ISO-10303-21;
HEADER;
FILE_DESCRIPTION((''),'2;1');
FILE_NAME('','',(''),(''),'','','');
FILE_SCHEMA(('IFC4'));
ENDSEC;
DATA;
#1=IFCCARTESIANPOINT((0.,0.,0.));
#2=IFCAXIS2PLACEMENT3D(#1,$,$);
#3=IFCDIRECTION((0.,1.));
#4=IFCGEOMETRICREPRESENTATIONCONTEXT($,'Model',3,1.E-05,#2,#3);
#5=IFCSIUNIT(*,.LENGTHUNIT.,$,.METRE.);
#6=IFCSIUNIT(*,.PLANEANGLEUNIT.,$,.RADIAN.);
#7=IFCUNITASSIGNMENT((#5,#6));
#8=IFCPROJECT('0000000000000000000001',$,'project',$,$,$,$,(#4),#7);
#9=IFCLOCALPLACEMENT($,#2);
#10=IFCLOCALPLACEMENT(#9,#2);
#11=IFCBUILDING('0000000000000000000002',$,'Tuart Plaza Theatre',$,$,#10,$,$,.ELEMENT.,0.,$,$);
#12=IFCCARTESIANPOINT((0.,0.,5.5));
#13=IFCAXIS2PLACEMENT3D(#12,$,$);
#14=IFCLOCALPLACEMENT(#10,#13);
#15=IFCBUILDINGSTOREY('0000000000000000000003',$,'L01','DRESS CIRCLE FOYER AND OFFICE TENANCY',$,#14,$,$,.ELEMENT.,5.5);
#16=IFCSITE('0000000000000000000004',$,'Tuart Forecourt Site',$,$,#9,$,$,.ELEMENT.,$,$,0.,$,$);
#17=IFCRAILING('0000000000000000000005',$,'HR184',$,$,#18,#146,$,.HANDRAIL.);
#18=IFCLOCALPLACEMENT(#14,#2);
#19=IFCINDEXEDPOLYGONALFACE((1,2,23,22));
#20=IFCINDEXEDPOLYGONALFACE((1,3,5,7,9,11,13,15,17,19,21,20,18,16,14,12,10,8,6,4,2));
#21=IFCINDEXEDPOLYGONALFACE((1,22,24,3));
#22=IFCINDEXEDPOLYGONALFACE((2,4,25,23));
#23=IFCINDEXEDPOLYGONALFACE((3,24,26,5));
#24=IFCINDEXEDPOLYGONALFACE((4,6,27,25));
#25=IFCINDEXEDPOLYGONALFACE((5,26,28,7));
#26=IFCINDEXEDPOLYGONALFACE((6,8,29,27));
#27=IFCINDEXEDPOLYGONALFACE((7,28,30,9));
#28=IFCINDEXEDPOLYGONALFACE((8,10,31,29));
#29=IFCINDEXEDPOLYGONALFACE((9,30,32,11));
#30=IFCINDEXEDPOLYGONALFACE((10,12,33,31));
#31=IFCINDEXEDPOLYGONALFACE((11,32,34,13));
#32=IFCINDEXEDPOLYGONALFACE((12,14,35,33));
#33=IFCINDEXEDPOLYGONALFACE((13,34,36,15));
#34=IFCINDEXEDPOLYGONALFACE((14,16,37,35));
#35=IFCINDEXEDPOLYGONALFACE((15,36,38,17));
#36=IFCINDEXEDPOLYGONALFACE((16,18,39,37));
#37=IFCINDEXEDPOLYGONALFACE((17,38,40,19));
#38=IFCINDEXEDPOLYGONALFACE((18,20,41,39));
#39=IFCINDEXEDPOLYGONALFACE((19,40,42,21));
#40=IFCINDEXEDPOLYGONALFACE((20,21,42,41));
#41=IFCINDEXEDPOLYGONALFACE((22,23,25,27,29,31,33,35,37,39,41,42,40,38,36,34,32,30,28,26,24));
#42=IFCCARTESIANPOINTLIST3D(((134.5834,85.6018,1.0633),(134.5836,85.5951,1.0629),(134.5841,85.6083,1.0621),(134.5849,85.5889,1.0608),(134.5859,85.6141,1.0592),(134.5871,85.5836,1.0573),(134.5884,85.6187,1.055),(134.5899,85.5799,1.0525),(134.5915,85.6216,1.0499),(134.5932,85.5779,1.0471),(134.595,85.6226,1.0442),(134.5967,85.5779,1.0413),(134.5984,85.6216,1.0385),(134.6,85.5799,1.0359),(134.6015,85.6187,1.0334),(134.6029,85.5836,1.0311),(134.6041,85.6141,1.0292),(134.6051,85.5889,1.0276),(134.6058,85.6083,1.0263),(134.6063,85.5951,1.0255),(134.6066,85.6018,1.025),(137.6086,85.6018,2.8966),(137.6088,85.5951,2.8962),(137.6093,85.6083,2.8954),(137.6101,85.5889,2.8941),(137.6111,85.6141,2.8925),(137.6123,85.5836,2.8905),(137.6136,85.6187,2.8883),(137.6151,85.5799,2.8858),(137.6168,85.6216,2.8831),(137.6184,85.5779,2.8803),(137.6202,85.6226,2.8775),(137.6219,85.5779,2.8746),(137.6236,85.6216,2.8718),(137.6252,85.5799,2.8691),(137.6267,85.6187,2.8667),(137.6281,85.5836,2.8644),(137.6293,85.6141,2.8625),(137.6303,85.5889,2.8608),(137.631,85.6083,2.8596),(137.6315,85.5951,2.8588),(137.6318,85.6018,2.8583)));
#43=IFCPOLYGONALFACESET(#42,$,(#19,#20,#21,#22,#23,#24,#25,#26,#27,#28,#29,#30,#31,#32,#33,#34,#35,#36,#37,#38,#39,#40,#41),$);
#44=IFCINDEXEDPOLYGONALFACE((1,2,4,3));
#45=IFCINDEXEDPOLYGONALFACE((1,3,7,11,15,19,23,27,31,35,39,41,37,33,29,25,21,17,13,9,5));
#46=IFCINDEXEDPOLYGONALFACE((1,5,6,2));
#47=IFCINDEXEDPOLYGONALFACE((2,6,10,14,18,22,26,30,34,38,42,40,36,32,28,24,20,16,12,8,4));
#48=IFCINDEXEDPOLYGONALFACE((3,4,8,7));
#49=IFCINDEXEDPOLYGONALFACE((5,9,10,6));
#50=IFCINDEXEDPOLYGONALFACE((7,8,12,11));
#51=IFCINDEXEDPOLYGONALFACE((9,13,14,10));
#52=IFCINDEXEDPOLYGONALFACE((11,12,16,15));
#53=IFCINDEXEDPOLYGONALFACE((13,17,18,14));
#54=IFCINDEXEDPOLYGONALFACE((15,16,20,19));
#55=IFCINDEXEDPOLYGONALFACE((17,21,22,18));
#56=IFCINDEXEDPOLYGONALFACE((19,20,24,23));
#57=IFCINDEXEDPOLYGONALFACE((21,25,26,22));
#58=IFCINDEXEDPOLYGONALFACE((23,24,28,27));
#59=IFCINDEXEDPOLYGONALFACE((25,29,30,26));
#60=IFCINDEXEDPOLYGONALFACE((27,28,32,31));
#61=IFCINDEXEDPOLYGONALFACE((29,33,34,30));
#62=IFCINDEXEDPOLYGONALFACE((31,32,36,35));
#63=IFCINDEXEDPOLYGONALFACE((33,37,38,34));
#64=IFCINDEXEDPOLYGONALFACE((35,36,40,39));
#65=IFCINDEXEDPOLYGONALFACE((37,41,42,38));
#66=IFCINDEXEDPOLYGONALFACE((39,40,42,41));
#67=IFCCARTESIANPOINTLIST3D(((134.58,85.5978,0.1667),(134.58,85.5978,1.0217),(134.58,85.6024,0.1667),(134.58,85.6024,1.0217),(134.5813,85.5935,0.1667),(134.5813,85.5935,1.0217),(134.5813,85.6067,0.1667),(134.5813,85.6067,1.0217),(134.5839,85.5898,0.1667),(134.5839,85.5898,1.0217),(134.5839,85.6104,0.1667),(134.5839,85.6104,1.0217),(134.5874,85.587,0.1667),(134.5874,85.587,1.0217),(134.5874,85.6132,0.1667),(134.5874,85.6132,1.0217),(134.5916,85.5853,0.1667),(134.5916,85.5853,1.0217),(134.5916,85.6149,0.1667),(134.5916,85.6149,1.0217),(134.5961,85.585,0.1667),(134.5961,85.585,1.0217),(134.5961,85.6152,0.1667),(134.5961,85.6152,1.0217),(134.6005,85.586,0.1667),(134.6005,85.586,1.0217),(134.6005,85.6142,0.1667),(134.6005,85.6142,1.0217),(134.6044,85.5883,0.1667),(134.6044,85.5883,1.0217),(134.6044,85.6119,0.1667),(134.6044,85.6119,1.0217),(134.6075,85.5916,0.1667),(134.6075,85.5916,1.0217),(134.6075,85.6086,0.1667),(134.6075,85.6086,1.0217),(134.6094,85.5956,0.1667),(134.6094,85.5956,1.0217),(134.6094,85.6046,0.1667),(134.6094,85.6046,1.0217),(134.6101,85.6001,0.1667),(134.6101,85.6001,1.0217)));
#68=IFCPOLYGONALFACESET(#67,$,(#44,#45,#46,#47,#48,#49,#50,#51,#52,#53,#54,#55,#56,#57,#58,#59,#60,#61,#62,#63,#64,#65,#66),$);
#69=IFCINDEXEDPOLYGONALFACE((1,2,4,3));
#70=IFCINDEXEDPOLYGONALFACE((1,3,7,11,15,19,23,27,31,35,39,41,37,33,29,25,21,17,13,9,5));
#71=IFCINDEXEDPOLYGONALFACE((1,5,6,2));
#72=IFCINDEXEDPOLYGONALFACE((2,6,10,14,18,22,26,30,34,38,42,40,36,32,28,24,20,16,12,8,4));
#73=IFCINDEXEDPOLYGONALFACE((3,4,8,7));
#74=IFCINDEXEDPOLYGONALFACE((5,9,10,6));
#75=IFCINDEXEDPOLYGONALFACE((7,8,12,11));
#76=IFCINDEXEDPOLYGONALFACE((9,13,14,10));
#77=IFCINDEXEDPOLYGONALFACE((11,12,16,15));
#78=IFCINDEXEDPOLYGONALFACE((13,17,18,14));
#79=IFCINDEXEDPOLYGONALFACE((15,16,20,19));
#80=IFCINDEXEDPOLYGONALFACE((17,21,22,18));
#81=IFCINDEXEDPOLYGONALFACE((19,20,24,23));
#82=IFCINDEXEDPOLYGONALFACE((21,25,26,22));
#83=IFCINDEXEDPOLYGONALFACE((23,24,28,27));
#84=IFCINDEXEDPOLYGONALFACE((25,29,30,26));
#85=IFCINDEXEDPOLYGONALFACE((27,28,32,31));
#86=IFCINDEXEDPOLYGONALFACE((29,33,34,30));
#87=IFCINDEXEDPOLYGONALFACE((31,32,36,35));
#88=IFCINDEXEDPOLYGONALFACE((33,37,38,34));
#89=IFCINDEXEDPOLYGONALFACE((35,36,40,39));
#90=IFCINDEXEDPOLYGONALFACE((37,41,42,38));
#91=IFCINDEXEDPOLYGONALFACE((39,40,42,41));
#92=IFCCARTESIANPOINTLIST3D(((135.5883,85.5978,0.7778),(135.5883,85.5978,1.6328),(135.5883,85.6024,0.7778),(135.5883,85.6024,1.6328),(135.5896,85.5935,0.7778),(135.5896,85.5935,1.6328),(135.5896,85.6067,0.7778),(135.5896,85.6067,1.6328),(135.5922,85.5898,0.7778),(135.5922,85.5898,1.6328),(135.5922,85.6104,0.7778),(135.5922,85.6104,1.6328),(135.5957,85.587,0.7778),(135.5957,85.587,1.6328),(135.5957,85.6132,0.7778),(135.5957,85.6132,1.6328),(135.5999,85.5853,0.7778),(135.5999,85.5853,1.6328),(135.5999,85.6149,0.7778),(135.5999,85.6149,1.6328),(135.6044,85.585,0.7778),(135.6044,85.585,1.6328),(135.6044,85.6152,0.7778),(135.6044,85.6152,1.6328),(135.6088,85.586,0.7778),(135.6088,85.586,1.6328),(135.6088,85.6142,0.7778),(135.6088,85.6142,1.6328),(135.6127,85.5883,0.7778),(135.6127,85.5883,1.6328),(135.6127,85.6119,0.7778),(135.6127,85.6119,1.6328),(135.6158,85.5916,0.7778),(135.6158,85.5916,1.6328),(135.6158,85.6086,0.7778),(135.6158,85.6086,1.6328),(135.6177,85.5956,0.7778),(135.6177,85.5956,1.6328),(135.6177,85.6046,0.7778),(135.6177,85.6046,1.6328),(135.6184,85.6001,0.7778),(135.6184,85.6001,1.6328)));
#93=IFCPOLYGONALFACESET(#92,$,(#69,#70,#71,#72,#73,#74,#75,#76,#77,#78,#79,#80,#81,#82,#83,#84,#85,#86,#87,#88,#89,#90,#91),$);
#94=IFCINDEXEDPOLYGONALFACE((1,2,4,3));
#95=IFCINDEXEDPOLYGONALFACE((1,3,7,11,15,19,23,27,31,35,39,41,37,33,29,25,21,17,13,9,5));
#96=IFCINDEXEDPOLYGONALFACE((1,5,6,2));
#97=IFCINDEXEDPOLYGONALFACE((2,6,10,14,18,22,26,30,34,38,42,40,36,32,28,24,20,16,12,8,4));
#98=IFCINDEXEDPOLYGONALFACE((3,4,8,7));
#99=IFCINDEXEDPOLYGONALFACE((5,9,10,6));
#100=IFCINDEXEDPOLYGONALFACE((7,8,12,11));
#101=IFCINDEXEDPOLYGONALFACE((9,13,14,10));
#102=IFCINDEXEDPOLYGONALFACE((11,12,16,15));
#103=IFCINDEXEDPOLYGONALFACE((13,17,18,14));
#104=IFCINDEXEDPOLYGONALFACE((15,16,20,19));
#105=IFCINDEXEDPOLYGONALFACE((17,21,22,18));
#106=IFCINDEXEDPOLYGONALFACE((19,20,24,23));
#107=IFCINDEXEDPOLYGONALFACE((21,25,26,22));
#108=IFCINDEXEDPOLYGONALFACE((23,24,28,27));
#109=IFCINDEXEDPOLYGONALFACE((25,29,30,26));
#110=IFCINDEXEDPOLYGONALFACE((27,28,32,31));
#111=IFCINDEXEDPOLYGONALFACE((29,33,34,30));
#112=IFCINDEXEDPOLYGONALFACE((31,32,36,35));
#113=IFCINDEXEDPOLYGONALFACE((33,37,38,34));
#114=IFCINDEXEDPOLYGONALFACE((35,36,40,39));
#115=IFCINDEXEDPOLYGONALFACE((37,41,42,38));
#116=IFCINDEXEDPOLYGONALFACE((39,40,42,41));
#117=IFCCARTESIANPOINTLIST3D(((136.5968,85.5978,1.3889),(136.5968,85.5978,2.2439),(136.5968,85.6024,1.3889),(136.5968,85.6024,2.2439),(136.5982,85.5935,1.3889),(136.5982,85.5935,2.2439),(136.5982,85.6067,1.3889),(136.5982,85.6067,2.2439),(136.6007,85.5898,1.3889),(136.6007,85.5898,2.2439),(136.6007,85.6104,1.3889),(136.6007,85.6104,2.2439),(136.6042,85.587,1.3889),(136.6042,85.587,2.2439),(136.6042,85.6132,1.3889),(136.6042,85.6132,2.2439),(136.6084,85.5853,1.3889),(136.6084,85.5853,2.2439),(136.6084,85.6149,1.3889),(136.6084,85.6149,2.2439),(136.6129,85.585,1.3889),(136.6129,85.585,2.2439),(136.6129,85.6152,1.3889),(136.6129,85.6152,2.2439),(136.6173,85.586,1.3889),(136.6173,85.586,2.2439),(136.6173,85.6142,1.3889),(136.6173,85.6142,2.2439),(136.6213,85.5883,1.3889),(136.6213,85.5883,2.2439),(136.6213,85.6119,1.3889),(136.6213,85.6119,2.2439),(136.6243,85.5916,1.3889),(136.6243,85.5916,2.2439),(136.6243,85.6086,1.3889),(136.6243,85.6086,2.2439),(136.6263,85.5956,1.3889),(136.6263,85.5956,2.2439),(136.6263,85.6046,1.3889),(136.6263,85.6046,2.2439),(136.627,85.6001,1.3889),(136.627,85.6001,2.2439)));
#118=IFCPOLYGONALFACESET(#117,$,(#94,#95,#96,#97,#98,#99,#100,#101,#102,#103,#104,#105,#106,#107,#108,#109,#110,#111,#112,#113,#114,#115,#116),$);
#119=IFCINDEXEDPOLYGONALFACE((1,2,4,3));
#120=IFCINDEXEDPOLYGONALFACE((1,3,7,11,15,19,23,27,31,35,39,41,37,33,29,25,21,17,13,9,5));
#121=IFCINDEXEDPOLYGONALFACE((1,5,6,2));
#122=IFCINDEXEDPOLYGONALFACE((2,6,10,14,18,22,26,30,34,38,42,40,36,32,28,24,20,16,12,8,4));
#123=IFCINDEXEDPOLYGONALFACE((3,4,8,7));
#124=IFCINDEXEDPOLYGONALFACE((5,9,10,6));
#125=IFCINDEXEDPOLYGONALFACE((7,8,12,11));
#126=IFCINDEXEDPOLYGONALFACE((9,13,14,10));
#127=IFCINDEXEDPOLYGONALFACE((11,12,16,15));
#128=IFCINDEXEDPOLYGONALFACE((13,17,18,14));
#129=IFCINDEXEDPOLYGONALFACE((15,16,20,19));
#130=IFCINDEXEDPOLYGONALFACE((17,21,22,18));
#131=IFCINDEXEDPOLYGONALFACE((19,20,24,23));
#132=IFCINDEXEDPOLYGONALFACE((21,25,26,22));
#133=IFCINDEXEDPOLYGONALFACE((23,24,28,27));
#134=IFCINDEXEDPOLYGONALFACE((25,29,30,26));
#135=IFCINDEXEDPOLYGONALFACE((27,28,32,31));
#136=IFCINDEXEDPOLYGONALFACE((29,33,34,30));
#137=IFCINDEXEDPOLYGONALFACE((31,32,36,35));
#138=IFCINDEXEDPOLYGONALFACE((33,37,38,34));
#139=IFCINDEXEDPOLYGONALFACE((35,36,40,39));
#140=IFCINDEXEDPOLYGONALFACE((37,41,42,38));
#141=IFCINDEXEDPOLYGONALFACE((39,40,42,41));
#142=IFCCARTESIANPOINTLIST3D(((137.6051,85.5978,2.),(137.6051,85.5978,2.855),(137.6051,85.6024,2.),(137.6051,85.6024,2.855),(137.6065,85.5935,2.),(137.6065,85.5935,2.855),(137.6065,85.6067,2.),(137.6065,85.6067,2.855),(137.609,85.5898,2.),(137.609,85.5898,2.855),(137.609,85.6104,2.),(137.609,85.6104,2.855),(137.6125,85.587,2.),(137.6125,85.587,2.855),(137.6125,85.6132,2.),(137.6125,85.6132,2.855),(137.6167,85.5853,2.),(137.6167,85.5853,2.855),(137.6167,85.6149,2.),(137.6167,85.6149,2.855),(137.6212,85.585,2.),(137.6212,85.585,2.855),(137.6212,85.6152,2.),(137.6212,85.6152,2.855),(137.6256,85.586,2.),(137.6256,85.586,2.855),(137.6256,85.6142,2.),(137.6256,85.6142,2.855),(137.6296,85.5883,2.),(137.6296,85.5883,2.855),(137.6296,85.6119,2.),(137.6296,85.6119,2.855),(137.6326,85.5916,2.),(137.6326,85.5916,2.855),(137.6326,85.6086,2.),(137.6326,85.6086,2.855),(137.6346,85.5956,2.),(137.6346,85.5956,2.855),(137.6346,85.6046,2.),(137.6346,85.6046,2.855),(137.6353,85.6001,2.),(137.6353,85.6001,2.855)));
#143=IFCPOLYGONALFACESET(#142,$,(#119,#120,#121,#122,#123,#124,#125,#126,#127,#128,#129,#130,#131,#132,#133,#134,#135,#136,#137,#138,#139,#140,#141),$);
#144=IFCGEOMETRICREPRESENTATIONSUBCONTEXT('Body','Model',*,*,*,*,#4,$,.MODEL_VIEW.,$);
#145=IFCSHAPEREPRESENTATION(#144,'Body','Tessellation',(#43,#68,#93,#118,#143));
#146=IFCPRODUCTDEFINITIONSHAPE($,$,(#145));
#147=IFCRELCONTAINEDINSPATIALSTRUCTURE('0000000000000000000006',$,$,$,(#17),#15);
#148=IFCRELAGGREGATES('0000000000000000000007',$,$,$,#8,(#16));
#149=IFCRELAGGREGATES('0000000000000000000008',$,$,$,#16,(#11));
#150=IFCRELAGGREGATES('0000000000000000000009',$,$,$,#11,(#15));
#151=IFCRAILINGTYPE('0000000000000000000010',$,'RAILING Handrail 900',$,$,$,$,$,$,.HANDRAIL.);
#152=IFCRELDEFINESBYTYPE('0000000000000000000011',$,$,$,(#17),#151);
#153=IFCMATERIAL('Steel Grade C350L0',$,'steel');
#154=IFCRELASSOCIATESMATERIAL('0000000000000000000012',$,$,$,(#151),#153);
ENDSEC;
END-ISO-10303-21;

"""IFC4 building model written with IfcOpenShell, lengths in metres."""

from ifc_helpers import new_model, si_unit, direction, frame, origin, origin_2d, place, context, subcontext, project, spatial, circle, extrude, material, type_object, element, save


model = new_model("IFC4")

# Units and contexts
model_context = context("Model", 3, precision=1e-05, world=origin(), true_north=direction((0.0, 1.0)))
body_context = subcontext(model_context, "Body", "Model", "MODEL_VIEW")
ifc_project = project(units=[si_unit("LENGTHUNIT", "METRE"), si_unit("PLANEANGLEUNIT", "RADIAN")], contexts=[model_context])

# Site, building, storey
site_placement = place(None, origin())
site = spatial("IfcSite", under=ifc_project, at=site_placement, Name="Tuart Forecourt Site", CompositionType="ELEMENT", RefElevation=0.0)
building_placement = place(site_placement, origin())
building = spatial("IfcBuilding", under=site, at=building_placement, Name="Tuart Plaza Theatre", CompositionType="ELEMENT", ElevationOfRefHeight=0.0)
storey_placement = place(building_placement, frame((0.0, 0.0, 5.5)))
storey = spatial("IfcBuildingStorey", under=building, at=storey_placement, Name="L01", Description="DRESS CIRCLE FOYER AND OFFICE TENANCY", CompositionType="ELEMENT", Elevation=5.5)

# Railing
ifc_material_1 = material(Name="Steel Grade C350L0", Category="steel")
railing_type_1 = type_object("IfcRailingType", Name="RAILING Handrail 900", PredefinedType="HANDRAIL", material=ifc_material_1)
for number, where, name in (
    (1, (134.595, 85.6001, 0.1667), "HR184"),
):
    element("IfcRailing", number, at=place(storey_placement, frame(where)), inside=storey, type_object=railing_type_1, Name=name, PredefinedType="HANDRAIL", context=body_context, shape_type="SweptSolid", body=[
        extrude(circle(Radius=0.0225, at=origin_2d()), frame((0.0, 0.0, 0.8774), z_axis=(0.855219, 0.0, 0.518267), x_axis=(0.0, 1.0, 0.0)), (0.0, 0.0, 1.0), 3.5374),
        extrude(circle(Radius=0.0151, at=origin_2d()), origin(), (0.0, 0.0, 1.0), 0.855),
        extrude(circle(Radius=0.0151, at=origin_2d()), frame((1.0083, 0.0, 0.6111)), (0.0, 0.0, 1.0), 0.855),
        extrude(circle(Radius=0.0151, at=origin_2d()), frame((2.0168, 0.0, 1.2222)), (0.0, 0.0, 1.0), 0.855),
        extrude(circle(Radius=0.0151, at=origin_2d()), frame((3.0251, 0.0, 1.8333)), (0.0, 0.0, 1.0), 0.855),
    ])

save(model, "model.ifc")
